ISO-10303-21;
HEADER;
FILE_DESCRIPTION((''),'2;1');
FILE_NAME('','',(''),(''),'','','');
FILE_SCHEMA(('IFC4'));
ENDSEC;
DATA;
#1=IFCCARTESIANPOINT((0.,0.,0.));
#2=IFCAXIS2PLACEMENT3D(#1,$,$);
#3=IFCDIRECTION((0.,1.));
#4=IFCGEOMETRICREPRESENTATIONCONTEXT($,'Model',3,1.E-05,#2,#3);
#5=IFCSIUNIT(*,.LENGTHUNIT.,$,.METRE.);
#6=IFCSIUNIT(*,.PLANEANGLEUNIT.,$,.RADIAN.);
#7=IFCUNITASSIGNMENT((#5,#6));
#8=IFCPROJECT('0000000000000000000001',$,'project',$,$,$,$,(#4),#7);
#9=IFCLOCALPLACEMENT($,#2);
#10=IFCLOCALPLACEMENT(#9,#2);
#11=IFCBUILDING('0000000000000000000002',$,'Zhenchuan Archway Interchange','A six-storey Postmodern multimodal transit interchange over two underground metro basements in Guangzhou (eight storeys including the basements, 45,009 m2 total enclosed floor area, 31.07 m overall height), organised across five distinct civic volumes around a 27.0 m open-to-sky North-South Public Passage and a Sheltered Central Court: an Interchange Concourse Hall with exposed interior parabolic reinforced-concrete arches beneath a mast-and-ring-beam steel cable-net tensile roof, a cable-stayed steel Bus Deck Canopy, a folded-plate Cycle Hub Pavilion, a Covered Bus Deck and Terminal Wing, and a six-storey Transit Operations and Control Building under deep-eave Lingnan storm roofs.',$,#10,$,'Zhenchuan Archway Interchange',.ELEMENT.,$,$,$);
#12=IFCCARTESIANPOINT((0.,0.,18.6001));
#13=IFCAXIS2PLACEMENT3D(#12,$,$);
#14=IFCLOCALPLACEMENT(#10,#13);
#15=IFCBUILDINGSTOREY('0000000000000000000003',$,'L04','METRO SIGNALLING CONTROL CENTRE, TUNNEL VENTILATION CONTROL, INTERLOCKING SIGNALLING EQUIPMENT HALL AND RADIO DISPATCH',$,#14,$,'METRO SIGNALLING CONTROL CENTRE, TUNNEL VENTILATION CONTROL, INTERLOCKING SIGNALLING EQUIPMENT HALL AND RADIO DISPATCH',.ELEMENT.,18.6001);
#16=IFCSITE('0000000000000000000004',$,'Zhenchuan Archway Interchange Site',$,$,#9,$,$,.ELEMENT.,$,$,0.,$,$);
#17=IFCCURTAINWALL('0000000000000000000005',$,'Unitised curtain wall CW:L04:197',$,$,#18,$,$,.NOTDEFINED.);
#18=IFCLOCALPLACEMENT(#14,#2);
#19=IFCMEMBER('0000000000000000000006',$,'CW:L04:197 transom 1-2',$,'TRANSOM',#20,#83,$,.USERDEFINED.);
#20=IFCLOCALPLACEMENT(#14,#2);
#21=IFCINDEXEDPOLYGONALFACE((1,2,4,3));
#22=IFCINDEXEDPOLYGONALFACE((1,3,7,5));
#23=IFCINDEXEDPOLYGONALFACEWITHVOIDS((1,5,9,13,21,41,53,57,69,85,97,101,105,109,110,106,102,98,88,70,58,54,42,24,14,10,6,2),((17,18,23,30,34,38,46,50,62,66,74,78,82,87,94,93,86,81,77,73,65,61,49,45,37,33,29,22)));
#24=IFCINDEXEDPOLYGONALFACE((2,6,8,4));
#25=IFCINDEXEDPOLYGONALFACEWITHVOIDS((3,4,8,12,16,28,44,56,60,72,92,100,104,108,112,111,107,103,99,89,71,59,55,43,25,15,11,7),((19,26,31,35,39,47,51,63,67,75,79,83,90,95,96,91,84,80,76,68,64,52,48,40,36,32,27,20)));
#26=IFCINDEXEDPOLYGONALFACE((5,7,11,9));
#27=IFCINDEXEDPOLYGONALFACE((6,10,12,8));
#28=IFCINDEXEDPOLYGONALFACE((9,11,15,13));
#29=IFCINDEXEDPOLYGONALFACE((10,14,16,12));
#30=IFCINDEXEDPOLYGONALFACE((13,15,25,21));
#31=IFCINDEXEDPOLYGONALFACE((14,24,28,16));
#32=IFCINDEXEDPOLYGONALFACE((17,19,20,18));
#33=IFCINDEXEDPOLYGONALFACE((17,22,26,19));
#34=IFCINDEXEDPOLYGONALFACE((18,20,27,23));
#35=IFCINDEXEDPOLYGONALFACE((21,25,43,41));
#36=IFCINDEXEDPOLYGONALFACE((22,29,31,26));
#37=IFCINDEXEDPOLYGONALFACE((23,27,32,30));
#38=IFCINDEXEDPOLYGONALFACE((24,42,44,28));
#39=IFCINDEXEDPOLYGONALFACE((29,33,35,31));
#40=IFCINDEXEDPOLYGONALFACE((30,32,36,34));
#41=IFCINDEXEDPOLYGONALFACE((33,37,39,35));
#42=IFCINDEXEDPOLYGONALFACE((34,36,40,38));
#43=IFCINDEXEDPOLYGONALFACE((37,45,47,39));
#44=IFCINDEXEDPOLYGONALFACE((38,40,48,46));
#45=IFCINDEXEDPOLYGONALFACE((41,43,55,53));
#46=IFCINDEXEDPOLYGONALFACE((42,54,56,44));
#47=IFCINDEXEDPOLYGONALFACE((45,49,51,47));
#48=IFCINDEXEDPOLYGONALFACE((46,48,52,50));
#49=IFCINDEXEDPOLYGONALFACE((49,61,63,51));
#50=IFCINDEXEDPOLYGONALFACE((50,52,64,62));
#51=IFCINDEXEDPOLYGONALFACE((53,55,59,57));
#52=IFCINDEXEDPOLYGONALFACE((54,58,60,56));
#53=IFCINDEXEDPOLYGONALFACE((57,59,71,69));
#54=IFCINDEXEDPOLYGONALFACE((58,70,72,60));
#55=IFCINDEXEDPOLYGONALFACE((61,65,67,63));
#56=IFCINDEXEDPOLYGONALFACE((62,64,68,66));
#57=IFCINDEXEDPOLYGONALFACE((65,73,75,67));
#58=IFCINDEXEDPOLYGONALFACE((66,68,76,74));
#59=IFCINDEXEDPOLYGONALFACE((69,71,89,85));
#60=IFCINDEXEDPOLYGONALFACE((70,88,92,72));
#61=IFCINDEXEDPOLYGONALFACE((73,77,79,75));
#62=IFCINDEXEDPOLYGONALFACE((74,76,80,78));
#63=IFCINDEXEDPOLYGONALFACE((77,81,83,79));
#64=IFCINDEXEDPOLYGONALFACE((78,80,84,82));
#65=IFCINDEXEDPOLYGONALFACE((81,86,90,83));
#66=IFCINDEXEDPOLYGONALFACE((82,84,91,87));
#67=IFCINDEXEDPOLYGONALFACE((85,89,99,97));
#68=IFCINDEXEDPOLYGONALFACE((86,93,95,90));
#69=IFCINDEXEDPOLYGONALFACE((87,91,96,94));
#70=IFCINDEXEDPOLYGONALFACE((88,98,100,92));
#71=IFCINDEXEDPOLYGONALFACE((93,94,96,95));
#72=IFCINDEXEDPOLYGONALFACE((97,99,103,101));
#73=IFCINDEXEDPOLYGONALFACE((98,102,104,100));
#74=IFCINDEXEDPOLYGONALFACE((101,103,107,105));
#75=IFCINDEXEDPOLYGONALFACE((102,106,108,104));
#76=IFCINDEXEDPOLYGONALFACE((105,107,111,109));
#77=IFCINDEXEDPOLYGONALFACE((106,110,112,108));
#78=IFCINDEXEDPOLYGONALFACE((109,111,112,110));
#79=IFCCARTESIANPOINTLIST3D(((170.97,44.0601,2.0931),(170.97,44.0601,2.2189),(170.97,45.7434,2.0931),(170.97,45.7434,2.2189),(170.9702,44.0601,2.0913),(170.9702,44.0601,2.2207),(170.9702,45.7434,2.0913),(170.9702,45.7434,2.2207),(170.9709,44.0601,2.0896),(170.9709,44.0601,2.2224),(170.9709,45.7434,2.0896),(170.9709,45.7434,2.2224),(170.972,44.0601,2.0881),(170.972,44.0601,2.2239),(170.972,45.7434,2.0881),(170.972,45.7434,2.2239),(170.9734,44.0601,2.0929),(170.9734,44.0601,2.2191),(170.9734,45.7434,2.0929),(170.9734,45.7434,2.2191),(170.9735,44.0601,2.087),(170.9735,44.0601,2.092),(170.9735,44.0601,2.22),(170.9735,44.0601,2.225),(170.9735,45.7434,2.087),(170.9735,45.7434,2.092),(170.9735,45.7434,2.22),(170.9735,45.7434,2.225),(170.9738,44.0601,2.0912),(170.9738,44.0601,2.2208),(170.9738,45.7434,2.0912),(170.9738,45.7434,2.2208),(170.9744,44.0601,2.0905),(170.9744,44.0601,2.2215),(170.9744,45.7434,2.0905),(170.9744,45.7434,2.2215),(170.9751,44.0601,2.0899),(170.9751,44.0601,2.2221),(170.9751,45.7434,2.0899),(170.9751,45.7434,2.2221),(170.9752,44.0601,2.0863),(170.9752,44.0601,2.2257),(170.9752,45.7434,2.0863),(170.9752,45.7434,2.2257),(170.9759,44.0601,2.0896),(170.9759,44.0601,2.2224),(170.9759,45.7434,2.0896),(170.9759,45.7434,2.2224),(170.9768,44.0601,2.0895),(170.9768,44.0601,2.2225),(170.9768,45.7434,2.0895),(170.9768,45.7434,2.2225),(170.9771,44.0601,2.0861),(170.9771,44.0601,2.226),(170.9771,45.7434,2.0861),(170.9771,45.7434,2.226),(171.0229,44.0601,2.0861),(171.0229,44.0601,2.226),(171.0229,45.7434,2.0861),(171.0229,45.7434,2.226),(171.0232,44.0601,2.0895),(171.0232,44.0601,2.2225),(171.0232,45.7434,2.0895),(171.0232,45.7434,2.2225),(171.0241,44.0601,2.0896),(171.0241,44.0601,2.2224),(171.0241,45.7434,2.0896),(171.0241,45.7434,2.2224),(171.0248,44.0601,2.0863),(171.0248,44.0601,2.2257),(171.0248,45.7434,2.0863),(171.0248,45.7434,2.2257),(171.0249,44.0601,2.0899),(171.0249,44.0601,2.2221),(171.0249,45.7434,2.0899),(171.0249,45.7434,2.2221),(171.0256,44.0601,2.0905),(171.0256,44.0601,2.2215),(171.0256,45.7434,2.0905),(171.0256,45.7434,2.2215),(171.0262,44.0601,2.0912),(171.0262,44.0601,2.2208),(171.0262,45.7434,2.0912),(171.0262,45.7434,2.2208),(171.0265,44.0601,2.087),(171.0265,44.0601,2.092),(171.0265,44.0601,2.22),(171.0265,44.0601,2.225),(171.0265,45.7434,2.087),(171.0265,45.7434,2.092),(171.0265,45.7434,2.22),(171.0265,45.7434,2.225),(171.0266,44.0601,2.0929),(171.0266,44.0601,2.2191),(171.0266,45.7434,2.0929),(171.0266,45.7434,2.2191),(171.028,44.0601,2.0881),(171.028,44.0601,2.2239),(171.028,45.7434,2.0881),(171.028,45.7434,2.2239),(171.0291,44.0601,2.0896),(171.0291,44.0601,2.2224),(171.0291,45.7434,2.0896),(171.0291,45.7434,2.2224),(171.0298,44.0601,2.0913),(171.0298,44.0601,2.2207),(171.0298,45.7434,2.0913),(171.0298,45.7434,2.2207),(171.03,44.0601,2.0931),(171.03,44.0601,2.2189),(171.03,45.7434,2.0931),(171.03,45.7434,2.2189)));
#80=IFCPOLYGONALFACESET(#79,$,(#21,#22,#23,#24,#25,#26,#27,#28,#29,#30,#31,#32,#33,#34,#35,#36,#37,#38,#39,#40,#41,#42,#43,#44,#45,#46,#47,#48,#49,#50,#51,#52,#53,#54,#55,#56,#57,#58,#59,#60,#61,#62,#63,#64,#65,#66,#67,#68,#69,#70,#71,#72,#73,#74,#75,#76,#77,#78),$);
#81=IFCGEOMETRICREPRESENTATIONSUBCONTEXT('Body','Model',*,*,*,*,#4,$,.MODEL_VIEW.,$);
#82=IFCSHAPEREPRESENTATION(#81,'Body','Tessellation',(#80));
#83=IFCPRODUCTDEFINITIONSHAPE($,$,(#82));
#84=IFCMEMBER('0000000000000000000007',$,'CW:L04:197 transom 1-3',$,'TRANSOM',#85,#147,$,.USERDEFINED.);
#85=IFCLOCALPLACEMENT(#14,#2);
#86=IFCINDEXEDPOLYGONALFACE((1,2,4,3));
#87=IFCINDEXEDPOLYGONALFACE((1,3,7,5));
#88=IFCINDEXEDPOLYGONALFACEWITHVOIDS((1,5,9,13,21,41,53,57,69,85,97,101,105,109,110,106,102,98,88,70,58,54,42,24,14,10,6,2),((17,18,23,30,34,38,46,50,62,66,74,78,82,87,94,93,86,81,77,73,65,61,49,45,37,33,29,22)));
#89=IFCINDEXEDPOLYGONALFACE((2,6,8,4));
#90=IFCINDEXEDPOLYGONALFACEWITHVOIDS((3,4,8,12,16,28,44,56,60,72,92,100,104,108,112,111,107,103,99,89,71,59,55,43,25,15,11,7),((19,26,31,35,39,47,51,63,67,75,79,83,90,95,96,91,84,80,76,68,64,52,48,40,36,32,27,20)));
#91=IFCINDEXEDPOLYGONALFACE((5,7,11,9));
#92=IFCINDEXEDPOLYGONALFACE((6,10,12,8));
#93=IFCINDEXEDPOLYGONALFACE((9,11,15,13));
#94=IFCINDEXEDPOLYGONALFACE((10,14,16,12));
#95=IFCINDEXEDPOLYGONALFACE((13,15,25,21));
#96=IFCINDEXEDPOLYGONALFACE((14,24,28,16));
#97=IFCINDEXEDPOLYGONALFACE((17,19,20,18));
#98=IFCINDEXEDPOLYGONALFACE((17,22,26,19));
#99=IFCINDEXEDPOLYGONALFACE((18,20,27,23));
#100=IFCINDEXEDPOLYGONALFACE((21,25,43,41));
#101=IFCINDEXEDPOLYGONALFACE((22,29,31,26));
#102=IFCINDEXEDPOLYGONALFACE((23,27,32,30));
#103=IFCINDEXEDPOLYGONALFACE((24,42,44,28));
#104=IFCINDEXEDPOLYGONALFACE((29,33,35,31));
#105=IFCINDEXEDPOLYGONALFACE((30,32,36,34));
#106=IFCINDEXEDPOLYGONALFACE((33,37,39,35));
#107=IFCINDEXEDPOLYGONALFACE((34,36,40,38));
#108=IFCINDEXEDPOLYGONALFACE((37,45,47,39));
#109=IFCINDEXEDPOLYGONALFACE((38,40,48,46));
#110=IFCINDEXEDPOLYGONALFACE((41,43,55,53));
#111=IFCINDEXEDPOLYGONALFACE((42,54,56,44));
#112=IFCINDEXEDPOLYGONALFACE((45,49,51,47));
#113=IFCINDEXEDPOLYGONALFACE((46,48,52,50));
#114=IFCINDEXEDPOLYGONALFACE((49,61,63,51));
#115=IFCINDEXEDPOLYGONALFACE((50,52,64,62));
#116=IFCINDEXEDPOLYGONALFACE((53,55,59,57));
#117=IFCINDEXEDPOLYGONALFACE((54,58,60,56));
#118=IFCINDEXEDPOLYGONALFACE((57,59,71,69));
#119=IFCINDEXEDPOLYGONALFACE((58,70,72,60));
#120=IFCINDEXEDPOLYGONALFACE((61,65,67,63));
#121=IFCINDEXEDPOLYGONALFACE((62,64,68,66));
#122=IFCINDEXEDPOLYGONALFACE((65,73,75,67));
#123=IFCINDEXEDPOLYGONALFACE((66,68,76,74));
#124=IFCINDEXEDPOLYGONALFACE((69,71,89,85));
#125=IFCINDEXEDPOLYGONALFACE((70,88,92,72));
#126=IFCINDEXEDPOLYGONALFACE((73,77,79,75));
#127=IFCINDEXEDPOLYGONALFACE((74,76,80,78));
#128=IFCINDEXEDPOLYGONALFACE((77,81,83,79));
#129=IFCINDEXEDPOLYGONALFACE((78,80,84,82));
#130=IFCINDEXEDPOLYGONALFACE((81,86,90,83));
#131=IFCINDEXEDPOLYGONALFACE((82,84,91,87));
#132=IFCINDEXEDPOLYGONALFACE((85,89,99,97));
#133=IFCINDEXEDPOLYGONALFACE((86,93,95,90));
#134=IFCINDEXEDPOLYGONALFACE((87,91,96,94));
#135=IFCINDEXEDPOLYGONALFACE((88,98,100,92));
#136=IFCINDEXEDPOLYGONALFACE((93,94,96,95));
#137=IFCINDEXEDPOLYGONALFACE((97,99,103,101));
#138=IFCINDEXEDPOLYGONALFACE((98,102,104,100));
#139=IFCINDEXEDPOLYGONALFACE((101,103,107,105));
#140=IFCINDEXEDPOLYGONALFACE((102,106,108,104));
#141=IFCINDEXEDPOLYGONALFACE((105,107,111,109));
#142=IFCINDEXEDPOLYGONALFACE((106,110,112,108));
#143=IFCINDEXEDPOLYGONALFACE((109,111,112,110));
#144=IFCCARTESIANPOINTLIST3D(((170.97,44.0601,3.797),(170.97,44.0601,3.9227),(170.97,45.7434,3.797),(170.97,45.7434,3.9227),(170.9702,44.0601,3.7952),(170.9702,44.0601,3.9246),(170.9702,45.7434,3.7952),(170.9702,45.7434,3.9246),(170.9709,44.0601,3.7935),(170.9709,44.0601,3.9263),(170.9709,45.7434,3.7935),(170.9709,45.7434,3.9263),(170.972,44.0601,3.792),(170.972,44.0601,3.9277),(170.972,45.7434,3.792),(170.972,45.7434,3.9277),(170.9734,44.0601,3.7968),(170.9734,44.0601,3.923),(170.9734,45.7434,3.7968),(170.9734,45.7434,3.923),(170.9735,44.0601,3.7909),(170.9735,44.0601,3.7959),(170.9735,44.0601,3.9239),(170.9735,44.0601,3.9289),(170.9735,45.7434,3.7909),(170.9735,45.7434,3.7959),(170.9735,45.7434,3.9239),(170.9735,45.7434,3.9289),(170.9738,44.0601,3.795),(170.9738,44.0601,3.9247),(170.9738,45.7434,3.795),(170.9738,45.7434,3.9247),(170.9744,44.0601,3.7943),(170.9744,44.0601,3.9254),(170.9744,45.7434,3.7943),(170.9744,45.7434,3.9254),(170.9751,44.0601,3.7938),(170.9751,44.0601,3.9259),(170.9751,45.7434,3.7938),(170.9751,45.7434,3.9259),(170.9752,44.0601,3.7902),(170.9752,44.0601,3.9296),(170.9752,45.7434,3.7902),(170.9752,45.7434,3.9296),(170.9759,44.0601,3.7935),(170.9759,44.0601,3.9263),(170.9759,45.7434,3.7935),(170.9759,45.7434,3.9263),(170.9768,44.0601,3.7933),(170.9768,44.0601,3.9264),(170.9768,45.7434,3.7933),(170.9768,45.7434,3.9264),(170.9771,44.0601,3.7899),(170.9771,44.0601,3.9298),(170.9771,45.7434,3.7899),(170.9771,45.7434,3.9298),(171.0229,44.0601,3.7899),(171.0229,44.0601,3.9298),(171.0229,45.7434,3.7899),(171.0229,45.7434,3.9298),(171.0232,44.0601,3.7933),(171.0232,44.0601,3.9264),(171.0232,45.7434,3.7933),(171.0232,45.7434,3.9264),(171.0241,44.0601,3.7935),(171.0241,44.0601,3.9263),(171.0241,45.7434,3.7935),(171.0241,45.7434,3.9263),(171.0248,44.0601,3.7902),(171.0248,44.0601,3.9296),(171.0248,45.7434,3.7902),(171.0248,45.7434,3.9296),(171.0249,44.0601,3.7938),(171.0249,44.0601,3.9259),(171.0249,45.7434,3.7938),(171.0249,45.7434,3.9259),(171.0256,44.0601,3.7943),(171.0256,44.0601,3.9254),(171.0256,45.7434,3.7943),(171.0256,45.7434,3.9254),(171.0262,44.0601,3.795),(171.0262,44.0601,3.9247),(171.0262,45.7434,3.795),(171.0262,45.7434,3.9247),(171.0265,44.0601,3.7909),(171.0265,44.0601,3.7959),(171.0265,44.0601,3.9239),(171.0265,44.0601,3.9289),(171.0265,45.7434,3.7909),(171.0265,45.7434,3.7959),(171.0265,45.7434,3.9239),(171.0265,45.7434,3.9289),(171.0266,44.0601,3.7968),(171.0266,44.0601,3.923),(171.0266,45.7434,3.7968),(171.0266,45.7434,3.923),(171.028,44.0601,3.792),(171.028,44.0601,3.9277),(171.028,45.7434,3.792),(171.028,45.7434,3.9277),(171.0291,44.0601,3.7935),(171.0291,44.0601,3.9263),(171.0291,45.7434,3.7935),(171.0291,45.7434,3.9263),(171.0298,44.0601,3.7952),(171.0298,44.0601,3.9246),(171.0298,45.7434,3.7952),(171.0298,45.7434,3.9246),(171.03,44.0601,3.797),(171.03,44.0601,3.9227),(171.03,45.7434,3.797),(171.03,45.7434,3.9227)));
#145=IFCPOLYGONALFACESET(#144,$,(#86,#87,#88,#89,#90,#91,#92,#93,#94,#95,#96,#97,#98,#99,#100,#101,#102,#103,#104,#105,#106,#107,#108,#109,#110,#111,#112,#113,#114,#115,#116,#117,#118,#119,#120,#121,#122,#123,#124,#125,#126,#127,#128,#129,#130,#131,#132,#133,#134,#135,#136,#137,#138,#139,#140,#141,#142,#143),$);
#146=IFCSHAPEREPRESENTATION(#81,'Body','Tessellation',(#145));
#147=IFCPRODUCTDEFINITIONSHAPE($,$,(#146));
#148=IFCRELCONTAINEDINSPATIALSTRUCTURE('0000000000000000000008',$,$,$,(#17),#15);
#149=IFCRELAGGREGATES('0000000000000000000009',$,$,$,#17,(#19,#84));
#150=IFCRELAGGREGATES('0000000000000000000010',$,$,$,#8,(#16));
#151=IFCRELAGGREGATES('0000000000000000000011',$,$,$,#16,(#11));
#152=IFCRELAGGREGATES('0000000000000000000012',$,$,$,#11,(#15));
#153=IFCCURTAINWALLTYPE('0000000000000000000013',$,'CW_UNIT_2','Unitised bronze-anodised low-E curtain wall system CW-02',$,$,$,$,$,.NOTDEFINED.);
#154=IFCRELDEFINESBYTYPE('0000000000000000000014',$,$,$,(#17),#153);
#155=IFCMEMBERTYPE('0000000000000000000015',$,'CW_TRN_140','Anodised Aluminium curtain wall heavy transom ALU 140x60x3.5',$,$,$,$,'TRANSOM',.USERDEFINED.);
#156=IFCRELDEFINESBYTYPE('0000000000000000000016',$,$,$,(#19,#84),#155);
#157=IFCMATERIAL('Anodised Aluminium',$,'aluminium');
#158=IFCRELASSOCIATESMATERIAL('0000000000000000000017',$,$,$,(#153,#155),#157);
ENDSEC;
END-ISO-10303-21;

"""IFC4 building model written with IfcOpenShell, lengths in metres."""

from ifc_helpers import new_model, si_unit, direction, frame, origin, origin_2d, place, context, subcontext, project, spatial, hollow_rectangle, extrude, material, material_profile, profile_set, type_object, element, aggregate, save


model = new_model("IFC4")

# Units and contexts
model_context = context("Model", 3, precision=1e-05, world=origin(), true_north=direction((0.0, 1.0)))
body_context = subcontext(model_context, "Body", "Model", "MODEL_VIEW")
ifc_project = project(units=[si_unit("LENGTHUNIT", "METRE"), si_unit("PLANEANGLEUNIT", "RADIAN")], contexts=[model_context])

# Site, building, storey
site_placement = place(None, origin())
site = spatial("IfcSite", under=ifc_project, at=site_placement, Name="Zhenchuan Archway Interchange Site", CompositionType="ELEMENT", RefElevation=0.0)
building_placement = place(site_placement, origin())
building = spatial("IfcBuilding", under=site, at=building_placement, Name="Zhenchuan Archway Interchange", Description="A six-storey Postmodern multimodal transit interchange over two underground metro basements in Guangzhou (eight storeys including the basements, 45,009 m2 total enclosed floor area, 31.07 m overall height), organised across five distinct civic volumes around a 27.0 m open-to-sky North-South Public Passage and a Sheltered Central Court: an Interchange Concourse Hall with exposed interior parabolic reinforced-concrete arches beneath a mast-and-ring-beam steel cable-net tensile roof, a cable-stayed steel Bus Deck Canopy, a folded-plate Cycle Hub Pavilion, a Covered Bus Deck and Terminal Wing, and a six-storey Transit Operations and Control Building under deep-eave Lingnan storm roofs.", LongName="Zhenchuan Archway Interchange", CompositionType="ELEMENT")
storey_placement = place(building_placement, frame((0.0, 0.0, 18.6001)))
storey = spatial("IfcBuildingStorey", under=building, at=storey_placement, Name="L04", Description="METRO SIGNALLING CONTROL CENTRE, TUNNEL VENTILATION CONTROL, INTERLOCKING SIGNALLING EQUIPMENT HALL AND RADIO DISPATCH", LongName="METRO SIGNALLING CONTROL CENTRE, TUNNEL VENTILATION CONTROL, INTERLOCKING SIGNALLING EQUIPMENT HALL AND RADIO DISPATCH", CompositionType="ELEMENT", Elevation=18.6001)

# Curtain wall, members
ifc_material_1 = material(Name="Anodised Aluminium", Category="aluminium")
curtain_wall_type = type_object("IfcCurtainWallType", Name="CW_UNIT_2", Description="Unitised bronze-anodised low-E curtain wall system CW-02", PredefinedType="NOTDEFINED", material=ifc_material_1)
curtain_wall_placement = place(storey_placement, origin())
curtain_wall = element("IfcCurtainWall", 1, at=curtain_wall_placement, inside=storey, type_object=curtain_wall_type, Name="Unitised curtain wall CW:L04:197", PredefinedType="NOTDEFINED")
ifc_material_profile_1 = material_profile(ifc_material_1, hollow_rectangle(XDim=0.0601, YDim=0.1399, WallThickness=0.0034, InnerFilletRadius=0.0034, OuterFilletRadius=0.0071, at=origin_2d()), Name="ALU 140x60x3.5")
ifc_profile_set_1 = profile_set([ifc_material_profile_1], Name="Anodised Aluminium")
member_type_1 = type_object("IfcMemberType", Name="CW_TRN_140", Description="Anodised Aluminium curtain wall heavy transom ALU 140x60x3.5", ElementType="TRANSOM", PredefinedType="USERDEFINED", material=ifc_profile_set_1)
member_1_placement = place(storey_placement, frame((171.0, 45.7434, 2.156), z_axis=(0.0, -1.0, 0.0), x_axis=(1.0, 0.0, 0.0)))
member_1 = element("IfcMember", 2, at=member_1_placement, type_object=member_type_1, Name="CW:L04:197 transom 1-2", ObjectType="TRANSOM", PredefinedType="USERDEFINED", context=body_context, shape_type="SweptSolid", body=[
    extrude(hollow_rectangle(XDim=0.0601, YDim=0.1399, WallThickness=0.0034, InnerFilletRadius=0.0034, OuterFilletRadius=0.0071, at=origin_2d()), origin(), (0.0, 0.0, 1.0), 1.6833),
])
member_2_placement = place(storey_placement, frame((171.0, 45.7434, 3.8599), z_axis=(0.0, -1.0, 0.0), x_axis=(1.0, 0.0, 0.0)))
member_2 = element("IfcMember", 3, at=member_2_placement, type_object=member_type_1, Name="CW:L04:197 transom 1-3", ObjectType="TRANSOM", PredefinedType="USERDEFINED", context=body_context, shape_type="SweptSolid", body=[
    extrude(hollow_rectangle(XDim=0.0601, YDim=0.1399, WallThickness=0.0034, InnerFilletRadius=0.0034, OuterFilletRadius=0.0071, at=origin_2d()), origin(), (0.0, 0.0, 1.0), 1.6833),
])

aggregate(curtain_wall, [member_1, member_2])

save(model, "model.ifc")
